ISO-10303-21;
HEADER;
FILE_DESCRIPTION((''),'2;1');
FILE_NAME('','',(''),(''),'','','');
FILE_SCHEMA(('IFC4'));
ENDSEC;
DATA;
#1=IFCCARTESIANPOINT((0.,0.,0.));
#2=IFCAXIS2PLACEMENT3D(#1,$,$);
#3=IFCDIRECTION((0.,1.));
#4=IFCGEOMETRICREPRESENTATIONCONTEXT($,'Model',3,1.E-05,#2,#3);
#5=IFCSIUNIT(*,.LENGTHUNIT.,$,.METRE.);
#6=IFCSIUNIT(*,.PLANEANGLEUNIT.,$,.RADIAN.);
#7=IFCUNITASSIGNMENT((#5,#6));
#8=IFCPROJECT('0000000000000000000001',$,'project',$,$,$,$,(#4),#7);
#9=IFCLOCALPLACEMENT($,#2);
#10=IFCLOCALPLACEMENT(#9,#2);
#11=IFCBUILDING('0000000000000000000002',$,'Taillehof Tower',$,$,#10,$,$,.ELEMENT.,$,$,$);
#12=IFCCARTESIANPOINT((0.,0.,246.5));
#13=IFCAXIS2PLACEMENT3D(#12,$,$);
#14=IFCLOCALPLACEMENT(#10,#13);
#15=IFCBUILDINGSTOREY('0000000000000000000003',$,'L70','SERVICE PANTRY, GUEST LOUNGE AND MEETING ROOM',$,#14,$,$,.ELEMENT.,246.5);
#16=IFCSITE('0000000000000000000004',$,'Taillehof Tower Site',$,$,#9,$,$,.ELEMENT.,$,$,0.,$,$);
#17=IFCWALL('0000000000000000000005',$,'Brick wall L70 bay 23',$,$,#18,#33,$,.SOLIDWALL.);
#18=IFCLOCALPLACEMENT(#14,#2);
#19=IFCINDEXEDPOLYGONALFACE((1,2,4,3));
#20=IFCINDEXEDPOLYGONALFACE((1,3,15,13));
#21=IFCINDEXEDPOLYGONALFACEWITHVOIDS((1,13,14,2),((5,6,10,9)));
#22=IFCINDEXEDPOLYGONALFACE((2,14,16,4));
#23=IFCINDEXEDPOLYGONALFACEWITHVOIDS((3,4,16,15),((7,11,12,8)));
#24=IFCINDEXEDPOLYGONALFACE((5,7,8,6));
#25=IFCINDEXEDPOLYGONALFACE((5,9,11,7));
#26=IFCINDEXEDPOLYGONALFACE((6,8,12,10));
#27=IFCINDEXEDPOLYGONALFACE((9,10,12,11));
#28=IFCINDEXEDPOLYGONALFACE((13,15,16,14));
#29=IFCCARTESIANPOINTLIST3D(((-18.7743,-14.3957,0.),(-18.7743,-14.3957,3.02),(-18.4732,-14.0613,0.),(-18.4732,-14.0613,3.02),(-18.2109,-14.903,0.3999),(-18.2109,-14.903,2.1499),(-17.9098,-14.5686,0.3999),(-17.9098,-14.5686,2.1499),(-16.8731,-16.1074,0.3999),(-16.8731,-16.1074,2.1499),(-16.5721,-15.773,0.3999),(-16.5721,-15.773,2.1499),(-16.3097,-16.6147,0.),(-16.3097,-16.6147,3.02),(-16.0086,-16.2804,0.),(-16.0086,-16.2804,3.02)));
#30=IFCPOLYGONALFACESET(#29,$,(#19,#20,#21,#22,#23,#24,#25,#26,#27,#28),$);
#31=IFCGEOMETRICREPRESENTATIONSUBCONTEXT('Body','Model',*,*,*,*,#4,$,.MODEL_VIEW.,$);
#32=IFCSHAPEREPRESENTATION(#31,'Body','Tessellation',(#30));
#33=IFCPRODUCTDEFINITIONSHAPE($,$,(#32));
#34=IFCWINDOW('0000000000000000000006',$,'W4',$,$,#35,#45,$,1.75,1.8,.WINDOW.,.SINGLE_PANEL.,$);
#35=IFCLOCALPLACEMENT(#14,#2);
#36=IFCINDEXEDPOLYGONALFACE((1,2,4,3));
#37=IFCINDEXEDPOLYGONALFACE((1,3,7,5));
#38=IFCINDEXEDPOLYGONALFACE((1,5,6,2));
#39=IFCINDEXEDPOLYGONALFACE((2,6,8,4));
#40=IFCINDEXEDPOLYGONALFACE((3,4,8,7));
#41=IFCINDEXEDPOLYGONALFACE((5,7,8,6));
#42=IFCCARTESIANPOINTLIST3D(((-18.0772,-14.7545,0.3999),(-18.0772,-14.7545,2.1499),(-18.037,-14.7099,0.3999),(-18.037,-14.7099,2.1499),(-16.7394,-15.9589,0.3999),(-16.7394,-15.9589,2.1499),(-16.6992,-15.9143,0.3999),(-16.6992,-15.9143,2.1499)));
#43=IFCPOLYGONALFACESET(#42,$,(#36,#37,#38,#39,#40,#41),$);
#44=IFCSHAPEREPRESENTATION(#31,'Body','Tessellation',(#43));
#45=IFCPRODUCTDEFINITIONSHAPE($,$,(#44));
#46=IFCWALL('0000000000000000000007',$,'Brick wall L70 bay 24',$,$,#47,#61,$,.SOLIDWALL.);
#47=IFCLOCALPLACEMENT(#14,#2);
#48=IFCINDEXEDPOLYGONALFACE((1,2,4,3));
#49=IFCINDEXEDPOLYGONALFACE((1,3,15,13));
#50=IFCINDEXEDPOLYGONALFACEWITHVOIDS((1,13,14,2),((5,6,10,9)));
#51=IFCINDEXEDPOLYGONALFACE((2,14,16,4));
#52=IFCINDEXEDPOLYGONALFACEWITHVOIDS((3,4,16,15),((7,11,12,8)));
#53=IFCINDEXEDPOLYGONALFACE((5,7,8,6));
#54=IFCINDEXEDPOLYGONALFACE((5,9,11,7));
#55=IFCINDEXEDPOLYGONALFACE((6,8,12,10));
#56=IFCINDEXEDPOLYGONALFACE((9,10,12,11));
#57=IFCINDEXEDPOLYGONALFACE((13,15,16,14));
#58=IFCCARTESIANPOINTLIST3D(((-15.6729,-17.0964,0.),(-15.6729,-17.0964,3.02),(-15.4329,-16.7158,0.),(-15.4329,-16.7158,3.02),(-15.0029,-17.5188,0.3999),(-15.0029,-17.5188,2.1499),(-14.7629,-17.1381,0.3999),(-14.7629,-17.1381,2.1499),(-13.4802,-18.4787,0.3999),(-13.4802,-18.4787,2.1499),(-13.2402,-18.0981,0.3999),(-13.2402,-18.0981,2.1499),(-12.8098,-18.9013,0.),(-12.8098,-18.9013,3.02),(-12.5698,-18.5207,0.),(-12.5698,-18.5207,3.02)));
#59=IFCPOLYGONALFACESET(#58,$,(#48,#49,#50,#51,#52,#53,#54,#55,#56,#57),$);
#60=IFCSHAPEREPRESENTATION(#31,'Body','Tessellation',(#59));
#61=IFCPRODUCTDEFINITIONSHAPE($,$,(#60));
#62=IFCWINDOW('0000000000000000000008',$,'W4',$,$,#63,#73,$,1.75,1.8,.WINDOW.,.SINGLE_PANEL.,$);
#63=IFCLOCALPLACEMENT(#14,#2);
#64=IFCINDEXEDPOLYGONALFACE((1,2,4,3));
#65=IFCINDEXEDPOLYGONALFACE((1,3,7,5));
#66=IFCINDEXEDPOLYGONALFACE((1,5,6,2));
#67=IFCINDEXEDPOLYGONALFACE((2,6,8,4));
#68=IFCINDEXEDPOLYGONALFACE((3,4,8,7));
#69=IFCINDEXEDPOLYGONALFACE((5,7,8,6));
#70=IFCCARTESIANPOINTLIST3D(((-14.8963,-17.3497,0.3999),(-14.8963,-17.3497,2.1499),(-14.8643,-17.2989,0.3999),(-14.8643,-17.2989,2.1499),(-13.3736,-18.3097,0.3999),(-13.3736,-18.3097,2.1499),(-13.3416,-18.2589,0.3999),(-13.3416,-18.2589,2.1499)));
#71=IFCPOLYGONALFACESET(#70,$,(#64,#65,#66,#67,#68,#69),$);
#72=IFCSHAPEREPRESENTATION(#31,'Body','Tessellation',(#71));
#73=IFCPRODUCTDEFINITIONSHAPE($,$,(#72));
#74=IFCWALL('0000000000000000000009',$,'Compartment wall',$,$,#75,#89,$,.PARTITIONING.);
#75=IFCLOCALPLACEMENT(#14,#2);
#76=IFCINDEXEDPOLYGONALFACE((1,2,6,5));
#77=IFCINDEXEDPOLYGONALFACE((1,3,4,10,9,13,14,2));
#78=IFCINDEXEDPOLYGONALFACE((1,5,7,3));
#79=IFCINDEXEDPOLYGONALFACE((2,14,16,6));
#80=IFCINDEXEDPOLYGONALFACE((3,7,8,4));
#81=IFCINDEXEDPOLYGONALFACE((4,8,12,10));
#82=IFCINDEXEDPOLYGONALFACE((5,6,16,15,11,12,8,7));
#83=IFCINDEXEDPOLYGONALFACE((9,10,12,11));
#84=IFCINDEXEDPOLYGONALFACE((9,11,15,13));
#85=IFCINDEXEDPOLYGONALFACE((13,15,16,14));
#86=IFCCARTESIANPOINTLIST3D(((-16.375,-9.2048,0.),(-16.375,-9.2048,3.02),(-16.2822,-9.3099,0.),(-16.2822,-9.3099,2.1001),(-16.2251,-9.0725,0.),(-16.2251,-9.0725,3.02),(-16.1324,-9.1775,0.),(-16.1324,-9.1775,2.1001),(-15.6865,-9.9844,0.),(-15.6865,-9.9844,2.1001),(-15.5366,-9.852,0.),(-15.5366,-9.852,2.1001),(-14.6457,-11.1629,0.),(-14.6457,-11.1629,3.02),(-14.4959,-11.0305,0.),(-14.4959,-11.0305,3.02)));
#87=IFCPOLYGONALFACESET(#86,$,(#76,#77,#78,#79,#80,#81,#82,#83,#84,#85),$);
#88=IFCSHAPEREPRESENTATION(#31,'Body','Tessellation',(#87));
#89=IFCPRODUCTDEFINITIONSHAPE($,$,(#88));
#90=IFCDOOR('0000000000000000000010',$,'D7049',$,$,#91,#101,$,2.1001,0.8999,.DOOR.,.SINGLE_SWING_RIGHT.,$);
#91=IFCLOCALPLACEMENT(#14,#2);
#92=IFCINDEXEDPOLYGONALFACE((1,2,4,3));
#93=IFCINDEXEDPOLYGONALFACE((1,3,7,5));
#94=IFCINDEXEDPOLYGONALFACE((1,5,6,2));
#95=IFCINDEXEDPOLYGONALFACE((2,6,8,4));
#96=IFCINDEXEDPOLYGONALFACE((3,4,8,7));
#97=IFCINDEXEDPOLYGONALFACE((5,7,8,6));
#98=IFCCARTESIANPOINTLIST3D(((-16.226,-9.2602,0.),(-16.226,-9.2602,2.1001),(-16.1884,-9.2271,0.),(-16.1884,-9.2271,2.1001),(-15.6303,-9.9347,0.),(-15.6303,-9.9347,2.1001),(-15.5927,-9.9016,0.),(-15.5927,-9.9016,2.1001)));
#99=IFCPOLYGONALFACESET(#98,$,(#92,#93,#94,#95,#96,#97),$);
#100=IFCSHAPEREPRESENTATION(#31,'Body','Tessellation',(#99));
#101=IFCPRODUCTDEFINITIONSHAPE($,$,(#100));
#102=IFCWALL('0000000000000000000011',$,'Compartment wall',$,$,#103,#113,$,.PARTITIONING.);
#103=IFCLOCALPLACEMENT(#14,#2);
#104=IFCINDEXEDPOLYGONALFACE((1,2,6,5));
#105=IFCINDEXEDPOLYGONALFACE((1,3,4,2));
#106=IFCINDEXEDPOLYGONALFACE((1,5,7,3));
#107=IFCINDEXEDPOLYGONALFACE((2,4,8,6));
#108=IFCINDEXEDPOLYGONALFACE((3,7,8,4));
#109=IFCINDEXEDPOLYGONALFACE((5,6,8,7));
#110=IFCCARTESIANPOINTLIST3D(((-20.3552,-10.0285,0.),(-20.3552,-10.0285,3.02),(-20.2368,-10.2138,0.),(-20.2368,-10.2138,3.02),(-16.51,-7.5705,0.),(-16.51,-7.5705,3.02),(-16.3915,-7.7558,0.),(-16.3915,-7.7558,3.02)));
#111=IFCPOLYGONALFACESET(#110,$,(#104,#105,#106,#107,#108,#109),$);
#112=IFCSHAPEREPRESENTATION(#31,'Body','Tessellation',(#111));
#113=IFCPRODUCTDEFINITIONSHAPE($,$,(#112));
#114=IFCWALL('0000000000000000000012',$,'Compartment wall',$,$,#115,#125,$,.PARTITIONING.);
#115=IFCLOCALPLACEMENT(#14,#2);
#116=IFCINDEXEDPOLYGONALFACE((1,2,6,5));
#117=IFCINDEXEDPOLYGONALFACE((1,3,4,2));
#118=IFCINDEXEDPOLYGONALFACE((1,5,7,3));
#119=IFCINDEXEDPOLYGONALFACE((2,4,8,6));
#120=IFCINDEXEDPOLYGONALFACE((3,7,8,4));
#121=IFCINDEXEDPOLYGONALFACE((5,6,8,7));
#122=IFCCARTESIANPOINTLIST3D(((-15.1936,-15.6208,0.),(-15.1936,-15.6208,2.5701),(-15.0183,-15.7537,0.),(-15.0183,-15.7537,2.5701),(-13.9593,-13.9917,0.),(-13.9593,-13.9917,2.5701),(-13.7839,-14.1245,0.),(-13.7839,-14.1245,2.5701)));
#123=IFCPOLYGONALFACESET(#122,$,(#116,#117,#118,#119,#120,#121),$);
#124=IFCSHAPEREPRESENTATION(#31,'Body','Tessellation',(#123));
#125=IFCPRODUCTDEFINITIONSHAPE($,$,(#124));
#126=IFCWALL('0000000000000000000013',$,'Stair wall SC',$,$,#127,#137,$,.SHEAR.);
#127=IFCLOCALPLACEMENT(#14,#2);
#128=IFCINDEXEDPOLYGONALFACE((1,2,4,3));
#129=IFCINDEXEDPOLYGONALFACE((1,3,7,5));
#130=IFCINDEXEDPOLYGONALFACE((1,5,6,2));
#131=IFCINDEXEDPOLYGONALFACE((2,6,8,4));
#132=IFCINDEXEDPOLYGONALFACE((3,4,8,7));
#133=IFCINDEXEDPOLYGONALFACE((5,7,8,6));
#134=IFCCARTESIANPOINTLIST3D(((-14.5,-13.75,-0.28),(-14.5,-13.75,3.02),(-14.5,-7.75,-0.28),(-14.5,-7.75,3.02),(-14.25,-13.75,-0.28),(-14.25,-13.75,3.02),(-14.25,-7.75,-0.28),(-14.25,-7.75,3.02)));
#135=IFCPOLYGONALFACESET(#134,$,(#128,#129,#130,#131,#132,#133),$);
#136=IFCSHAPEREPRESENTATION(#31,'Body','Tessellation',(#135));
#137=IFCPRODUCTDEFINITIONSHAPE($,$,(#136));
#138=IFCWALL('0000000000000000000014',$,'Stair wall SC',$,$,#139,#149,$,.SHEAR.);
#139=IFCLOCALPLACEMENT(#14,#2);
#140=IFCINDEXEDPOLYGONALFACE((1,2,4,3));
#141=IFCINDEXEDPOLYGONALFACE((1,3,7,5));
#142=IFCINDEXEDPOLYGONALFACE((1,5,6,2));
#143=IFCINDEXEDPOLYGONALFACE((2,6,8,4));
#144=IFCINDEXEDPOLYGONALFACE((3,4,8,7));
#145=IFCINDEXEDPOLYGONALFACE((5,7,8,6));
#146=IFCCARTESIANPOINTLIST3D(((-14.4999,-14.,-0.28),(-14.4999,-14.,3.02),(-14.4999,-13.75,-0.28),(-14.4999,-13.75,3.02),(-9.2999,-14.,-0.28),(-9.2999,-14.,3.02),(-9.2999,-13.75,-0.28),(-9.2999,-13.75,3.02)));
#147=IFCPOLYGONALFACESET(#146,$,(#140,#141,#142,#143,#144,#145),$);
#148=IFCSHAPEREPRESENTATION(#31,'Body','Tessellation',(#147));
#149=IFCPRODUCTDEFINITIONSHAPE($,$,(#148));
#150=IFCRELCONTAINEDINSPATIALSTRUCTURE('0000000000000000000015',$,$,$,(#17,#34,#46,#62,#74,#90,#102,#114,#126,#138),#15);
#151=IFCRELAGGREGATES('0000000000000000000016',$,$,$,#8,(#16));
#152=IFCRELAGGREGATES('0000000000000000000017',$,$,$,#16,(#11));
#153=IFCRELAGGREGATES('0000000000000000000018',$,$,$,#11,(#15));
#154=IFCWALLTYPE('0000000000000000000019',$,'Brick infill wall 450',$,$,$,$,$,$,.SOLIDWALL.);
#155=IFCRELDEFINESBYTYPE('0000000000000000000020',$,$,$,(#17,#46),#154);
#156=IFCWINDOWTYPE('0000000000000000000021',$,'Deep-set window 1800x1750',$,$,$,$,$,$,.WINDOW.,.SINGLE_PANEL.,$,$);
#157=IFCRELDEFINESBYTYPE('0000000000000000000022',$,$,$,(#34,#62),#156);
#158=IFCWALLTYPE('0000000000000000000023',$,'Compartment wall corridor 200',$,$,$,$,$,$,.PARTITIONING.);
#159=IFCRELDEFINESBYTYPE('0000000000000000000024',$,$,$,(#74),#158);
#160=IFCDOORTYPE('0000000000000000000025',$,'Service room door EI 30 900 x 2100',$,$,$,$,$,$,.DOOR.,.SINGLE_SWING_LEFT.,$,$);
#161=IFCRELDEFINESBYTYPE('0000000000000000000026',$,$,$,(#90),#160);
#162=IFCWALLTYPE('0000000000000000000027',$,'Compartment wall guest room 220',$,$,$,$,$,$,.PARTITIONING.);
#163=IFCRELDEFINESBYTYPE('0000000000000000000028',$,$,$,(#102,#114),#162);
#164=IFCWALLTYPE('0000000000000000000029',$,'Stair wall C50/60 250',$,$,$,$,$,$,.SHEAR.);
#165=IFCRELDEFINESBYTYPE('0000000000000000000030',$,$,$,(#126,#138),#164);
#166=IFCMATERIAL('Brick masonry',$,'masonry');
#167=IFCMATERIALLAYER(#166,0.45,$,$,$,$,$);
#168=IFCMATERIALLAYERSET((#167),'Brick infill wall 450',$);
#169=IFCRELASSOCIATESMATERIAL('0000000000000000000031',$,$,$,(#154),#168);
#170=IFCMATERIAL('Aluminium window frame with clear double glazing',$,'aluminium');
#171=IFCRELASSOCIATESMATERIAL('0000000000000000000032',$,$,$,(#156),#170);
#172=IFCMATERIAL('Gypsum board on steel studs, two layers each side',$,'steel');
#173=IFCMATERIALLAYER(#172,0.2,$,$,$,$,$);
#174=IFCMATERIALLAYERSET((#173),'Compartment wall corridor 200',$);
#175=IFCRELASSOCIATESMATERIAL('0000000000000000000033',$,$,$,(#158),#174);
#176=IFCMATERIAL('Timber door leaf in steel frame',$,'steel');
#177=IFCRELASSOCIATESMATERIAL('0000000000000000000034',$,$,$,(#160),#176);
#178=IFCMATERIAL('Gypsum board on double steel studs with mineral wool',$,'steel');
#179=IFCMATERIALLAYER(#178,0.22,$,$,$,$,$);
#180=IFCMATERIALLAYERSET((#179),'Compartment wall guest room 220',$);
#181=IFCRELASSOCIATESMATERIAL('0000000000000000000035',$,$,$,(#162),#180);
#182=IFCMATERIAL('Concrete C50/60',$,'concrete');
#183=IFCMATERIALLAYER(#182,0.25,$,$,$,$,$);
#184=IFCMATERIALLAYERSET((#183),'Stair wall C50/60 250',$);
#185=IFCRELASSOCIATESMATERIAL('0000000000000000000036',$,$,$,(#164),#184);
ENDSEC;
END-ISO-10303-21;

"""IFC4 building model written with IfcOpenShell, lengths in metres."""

from ifc_helpers import new_model, si_unit, direction, frame, frame_2d, origin, place, context, subcontext, project, spatial, rectangle, extrude, material, layer, layer_set, type_object, element, fill, save


model = new_model("IFC4")

# Units and contexts
model_context = context("Model", 3, precision=1e-05, world=origin(), true_north=direction((0.0, 1.0)))
body_context = subcontext(model_context, "Body", "Model", "MODEL_VIEW")
ifc_project = project(units=[si_unit("LENGTHUNIT", "METRE"), si_unit("PLANEANGLEUNIT", "RADIAN")], contexts=[model_context])

# Site, building, storey
site_placement = place(None, origin())
site = spatial("IfcSite", under=ifc_project, at=site_placement, Name="Taillehof Tower Site", CompositionType="ELEMENT", RefElevation=0.0)
building_placement = place(site_placement, origin())
building = spatial("IfcBuilding", under=site, at=building_placement, Name="Taillehof Tower", CompositionType="ELEMENT")
storey_placement = place(building_placement, frame((0.0, 0.0, 246.5)))
storey = spatial("IfcBuildingStorey", under=building, at=storey_placement, Name="L70", Description="SERVICE PANTRY, GUEST LOUNGE AND MEETING ROOM", CompositionType="ELEMENT", Elevation=246.5)

# Walls, openings, windows
ifc_material_1 = material(Name="Brick masonry", Category="masonry")
ifc_layer_1 = layer(ifc_material_1, 0.45)
ifc_layer_set_1 = layer_set([ifc_layer_1], Name="Brick infill wall 450")
wall_type_1 = type_object("IfcWallType", Name="Brick infill wall 450", PredefinedType="SOLIDWALL", material=ifc_layer_set_1)
ifc_material_2 = material(Name="Aluminium window frame with clear double glazing", Category="aluminium")
window_type = type_object("IfcWindowType", Name="Deep-set window 1800x1750", PartitioningType="SINGLE_PANEL", PredefinedType="WINDOW", material=ifc_material_2)
wall_1_placement = place(storey_placement, frame((-18.6238, -14.2285, 0.0), z_axis=(0.0, 0.0, 1.0), x_axis=(0.743166, -0.669107, 0.0)))
wall_1 = element("IfcWall", 1, at=wall_1_placement, inside=storey, type_object=wall_type_1, Name="Brick wall L70 bay 23", PredefinedType="SOLIDWALL", context=body_context, shape_type="SweptSolid", body=[
    extrude(rectangle(XDim=3.3164, YDim=0.45, at=frame_2d((1.6582, 0.0))), origin(), (0.0, 0.0, 1.0), 3.02),
])
opening_1_placement = place(wall_1_placement, frame((0.7583, 0.0, 0.3999)))
opening_1 = element("IfcOpeningElement", 2, at=opening_1_placement, cuts=wall_1, PredefinedType="OPENING", context=body_context, shape_type="SweptSolid", body=[
    extrude(rectangle(XDim=1.8, YDim=1.75, at=frame_2d((0.8999, 0.875))), frame((0.0, 0.2349, 0.0), z_axis=(0.0, -1.0, 0.0), x_axis=(1.0, 0.0, 0.0)), (0.0, 0.0, 1.0), 0.47),
])
window_1_placement = place(opening_1_placement, origin())
window_1 = element("IfcWindow", 3, at=window_1_placement, inside=storey, type_object=window_type, Name="W4", OverallHeight=1.75, OverallWidth=1.8, PartitioningType="SINGLE_PANEL", PredefinedType="WINDOW", context=body_context, shape_type="SweptSolid", body=[
    extrude(rectangle(XDim=1.8, YDim=1.75, at=frame_2d((0.8999, 0.875))), frame((0.0, 0.0349, 0.0), z_axis=(0.0, -1.0, 0.0), x_axis=(1.0, 0.0, 0.0)), (0.0, 0.0, 1.0), 0.0601),
])
fill(opening_1, window_1)
wall_2_placement = place(storey_placement, frame((-15.553, -16.906, 0.0), z_axis=(0.0, 0.0, 1.0), x_axis=(0.845929, -0.533295, 0.0)))
wall_2 = element("IfcWall", 4, at=wall_2_placement, inside=storey, type_object=wall_type_1, Name="Brick wall L70 bay 24", PredefinedType="SOLIDWALL", context=body_context, shape_type="SweptSolid", body=[
    extrude(rectangle(XDim=3.3845, YDim=0.45, at=frame_2d((1.6924, 0.0))), origin(), (0.0, 0.0, 1.0), 3.02),
])
opening_2_placement = place(wall_2_placement, frame((0.7922, 0.0, 0.3999)))
opening_2 = element("IfcOpeningElement", 5, at=opening_2_placement, cuts=wall_2, PredefinedType="OPENING", context=body_context, shape_type="SweptSolid", body=[
    extrude(rectangle(XDim=1.8, YDim=1.75, at=frame_2d((0.8999, 0.875))), frame((0.0, 0.2349, 0.0), z_axis=(0.0, -1.0, 0.0), x_axis=(1.0, 0.0, 0.0)), (0.0, 0.0, 1.0), 0.47),
])
window_2_placement = place(opening_2_placement, origin())
window_2 = element("IfcWindow", 6, at=window_2_placement, inside=storey, type_object=window_type, Name="W4", OverallHeight=1.75, OverallWidth=1.8, PartitioningType="SINGLE_PANEL", PredefinedType="WINDOW", context=body_context, shape_type="SweptSolid", body=[
    extrude(rectangle(XDim=1.8, YDim=1.75, at=frame_2d((0.8999, 0.875))), frame((0.0, 0.0349, 0.0), z_axis=(0.0, -1.0, 0.0), x_axis=(1.0, 0.0, 0.0)), (0.0, 0.0, 1.0), 0.0601),
])
fill(opening_2, window_2)

# Wall, opening, door
ifc_material_3 = material(Name="Gypsum board on steel studs, two layers each side", Category="steel")
ifc_layer_2 = layer(ifc_material_3, 0.2)
ifc_layer_set_2 = layer_set([ifc_layer_2], Name="Compartment wall corridor 200")
wall_type_2 = type_object("IfcWallType", Name="Compartment wall corridor 200", PredefinedType="PARTITIONING", material=ifc_layer_set_2)
wall_3_placement = place(storey_placement, frame((-14.5708, -11.0967, 0.0), z_axis=(0.0, 0.0, 1.0), x_axis=(-0.661965, 0.749535, 0.0)))
wall_3 = element("IfcWall", 7, at=wall_3_placement, inside=storey, type_object=wall_type_2, Name="Compartment wall", PredefinedType="PARTITIONING", context=body_context, shape_type="SweptSolid", body=[
    extrude(rectangle(XDim=2.6123, YDim=0.2, at=frame_2d((1.3062, 0.0))), origin(), (0.0, 0.0, 1.0), 3.02),
])
opening_3_placement = place(wall_3_placement, frame((1.5723, 0.0, 0.0)))
opening_3 = element("IfcOpeningElement", 8, at=opening_3_placement, cuts=wall_3, PredefinedType="OPENING", context=body_context, shape_type="SweptSolid", body=[
    extrude(rectangle(XDim=0.8999, YDim=2.1001, at=frame_2d((0.45, 1.05))), frame((0.0, 0.1099, 0.0), z_axis=(0.0, -1.0, 0.0), x_axis=(1.0, 0.0, 0.0)), (0.0, 0.0, 1.0), 0.22),
])
ifc_material_4 = material(Name="Timber door leaf in steel frame", Category="steel")
door_type = type_object("IfcDoorType", Name="Service room door EI 30 900 x 2100", OperationType="SINGLE_SWING_LEFT", PredefinedType="DOOR", material=ifc_material_4)
door_placement = place(opening_3_placement, origin())
door = element("IfcDoor", 9, at=door_placement, inside=storey, type_object=door_type, Name="D7049", OperationType="SINGLE_SWING_RIGHT", OverallHeight=2.1001, OverallWidth=0.8999, PredefinedType="DOOR", context=body_context, shape_type="SweptSolid", body=[
    extrude(rectangle(XDim=0.8999, YDim=2.1001, at=frame_2d((0.45, 1.05))), frame((0.0, 0.0249, 0.0), z_axis=(0.0, -1.0, 0.0), x_axis=(1.0, 0.0, 0.0)), (0.0, 0.0, 1.0), 0.05),
])
fill(opening_3, door)

# Walls
ifc_material_5 = material(Name="Gypsum board on double steel studs with mineral wool", Category="steel")
ifc_layer_3 = layer(ifc_material_5, 0.22)
ifc_layer_set_3 = layer_set([ifc_layer_3], Name="Compartment wall guest room 220")
wall_type_3 = type_object("IfcWallType", Name="Compartment wall guest room 220", PredefinedType="PARTITIONING", material=ifc_layer_set_3)
wall_4_placement = place(storey_placement, frame((-20.2959, -10.1211, 0.0), z_axis=(0.0, 0.0, 1.0), x_axis=(0.842563, 0.538598, 0.0)))
element("IfcWall", 10, at=wall_4_placement, inside=storey, type_object=wall_type_3, Name="Compartment wall", PredefinedType="PARTITIONING", context=body_context, shape_type="SweptSolid", body=[
    extrude(rectangle(XDim=4.5637, YDim=0.22, at=frame_2d((2.2817, 0.0))), origin(), (0.0, 0.0, 1.0), 3.02),
])
wall_5_placement = place(storey_placement, frame((-15.106, -15.6873, 0.0), z_axis=(0.0, 0.0, 1.0), x_axis=(0.603911, 0.797052, 0.0)))
element("IfcWall", 11, at=wall_5_placement, inside=storey, type_object=wall_type_3, Name="Compartment wall", PredefinedType="PARTITIONING", context=body_context, shape_type="SweptSolid", body=[
    extrude(rectangle(XDim=2.0439, YDim=0.22, at=frame_2d((1.022, 0.0))), origin(), (0.0, 0.0, 1.0), 2.5701),
])
ifc_material_6 = material(Name="Concrete C50/60", Category="concrete")
ifc_layer_4 = layer(ifc_material_6, 0.25)
ifc_layer_set_4 = layer_set([ifc_layer_4], Name="Stair wall C50/60 250")
wall_type_4 = type_object("IfcWallType", Name="Stair wall C50/60 250", PredefinedType="SHEAR", material=ifc_layer_set_4)
wall_6_placement = place(storey_placement, frame((-14.375, -13.75, -0.28), z_axis=(0.0, 0.0, 1.0), x_axis=(0.0, 1.0, 0.0)))
element("IfcWall", 12, at=wall_6_placement, inside=storey, type_object=wall_type_4, Name="Stair wall SC", PredefinedType="SHEAR", context=body_context, shape_type="SweptSolid", body=[
    extrude(rectangle(XDim=6.0, YDim=0.25, at=frame_2d((3.0, 0.0))), origin(), (0.0, 0.0, 1.0), 3.3),
])
wall_7_placement = place(storey_placement, frame((-14.5, -13.875, -0.28), z_axis=(0.0, 0.0, 1.0), x_axis=(1.0, 0.0, 0.0)))
element("IfcWall", 13, at=wall_7_placement, inside=storey, type_object=wall_type_4, Name="Stair wall SC", PredefinedType="SHEAR", context=body_context, shape_type="SweptSolid", body=[
    extrude(rectangle(XDim=5.2, YDim=0.25, at=frame_2d((2.6001, 0.0))), origin(), (0.0, 0.0, 1.0), 3.3),
])

save(model, "model.ifc")
